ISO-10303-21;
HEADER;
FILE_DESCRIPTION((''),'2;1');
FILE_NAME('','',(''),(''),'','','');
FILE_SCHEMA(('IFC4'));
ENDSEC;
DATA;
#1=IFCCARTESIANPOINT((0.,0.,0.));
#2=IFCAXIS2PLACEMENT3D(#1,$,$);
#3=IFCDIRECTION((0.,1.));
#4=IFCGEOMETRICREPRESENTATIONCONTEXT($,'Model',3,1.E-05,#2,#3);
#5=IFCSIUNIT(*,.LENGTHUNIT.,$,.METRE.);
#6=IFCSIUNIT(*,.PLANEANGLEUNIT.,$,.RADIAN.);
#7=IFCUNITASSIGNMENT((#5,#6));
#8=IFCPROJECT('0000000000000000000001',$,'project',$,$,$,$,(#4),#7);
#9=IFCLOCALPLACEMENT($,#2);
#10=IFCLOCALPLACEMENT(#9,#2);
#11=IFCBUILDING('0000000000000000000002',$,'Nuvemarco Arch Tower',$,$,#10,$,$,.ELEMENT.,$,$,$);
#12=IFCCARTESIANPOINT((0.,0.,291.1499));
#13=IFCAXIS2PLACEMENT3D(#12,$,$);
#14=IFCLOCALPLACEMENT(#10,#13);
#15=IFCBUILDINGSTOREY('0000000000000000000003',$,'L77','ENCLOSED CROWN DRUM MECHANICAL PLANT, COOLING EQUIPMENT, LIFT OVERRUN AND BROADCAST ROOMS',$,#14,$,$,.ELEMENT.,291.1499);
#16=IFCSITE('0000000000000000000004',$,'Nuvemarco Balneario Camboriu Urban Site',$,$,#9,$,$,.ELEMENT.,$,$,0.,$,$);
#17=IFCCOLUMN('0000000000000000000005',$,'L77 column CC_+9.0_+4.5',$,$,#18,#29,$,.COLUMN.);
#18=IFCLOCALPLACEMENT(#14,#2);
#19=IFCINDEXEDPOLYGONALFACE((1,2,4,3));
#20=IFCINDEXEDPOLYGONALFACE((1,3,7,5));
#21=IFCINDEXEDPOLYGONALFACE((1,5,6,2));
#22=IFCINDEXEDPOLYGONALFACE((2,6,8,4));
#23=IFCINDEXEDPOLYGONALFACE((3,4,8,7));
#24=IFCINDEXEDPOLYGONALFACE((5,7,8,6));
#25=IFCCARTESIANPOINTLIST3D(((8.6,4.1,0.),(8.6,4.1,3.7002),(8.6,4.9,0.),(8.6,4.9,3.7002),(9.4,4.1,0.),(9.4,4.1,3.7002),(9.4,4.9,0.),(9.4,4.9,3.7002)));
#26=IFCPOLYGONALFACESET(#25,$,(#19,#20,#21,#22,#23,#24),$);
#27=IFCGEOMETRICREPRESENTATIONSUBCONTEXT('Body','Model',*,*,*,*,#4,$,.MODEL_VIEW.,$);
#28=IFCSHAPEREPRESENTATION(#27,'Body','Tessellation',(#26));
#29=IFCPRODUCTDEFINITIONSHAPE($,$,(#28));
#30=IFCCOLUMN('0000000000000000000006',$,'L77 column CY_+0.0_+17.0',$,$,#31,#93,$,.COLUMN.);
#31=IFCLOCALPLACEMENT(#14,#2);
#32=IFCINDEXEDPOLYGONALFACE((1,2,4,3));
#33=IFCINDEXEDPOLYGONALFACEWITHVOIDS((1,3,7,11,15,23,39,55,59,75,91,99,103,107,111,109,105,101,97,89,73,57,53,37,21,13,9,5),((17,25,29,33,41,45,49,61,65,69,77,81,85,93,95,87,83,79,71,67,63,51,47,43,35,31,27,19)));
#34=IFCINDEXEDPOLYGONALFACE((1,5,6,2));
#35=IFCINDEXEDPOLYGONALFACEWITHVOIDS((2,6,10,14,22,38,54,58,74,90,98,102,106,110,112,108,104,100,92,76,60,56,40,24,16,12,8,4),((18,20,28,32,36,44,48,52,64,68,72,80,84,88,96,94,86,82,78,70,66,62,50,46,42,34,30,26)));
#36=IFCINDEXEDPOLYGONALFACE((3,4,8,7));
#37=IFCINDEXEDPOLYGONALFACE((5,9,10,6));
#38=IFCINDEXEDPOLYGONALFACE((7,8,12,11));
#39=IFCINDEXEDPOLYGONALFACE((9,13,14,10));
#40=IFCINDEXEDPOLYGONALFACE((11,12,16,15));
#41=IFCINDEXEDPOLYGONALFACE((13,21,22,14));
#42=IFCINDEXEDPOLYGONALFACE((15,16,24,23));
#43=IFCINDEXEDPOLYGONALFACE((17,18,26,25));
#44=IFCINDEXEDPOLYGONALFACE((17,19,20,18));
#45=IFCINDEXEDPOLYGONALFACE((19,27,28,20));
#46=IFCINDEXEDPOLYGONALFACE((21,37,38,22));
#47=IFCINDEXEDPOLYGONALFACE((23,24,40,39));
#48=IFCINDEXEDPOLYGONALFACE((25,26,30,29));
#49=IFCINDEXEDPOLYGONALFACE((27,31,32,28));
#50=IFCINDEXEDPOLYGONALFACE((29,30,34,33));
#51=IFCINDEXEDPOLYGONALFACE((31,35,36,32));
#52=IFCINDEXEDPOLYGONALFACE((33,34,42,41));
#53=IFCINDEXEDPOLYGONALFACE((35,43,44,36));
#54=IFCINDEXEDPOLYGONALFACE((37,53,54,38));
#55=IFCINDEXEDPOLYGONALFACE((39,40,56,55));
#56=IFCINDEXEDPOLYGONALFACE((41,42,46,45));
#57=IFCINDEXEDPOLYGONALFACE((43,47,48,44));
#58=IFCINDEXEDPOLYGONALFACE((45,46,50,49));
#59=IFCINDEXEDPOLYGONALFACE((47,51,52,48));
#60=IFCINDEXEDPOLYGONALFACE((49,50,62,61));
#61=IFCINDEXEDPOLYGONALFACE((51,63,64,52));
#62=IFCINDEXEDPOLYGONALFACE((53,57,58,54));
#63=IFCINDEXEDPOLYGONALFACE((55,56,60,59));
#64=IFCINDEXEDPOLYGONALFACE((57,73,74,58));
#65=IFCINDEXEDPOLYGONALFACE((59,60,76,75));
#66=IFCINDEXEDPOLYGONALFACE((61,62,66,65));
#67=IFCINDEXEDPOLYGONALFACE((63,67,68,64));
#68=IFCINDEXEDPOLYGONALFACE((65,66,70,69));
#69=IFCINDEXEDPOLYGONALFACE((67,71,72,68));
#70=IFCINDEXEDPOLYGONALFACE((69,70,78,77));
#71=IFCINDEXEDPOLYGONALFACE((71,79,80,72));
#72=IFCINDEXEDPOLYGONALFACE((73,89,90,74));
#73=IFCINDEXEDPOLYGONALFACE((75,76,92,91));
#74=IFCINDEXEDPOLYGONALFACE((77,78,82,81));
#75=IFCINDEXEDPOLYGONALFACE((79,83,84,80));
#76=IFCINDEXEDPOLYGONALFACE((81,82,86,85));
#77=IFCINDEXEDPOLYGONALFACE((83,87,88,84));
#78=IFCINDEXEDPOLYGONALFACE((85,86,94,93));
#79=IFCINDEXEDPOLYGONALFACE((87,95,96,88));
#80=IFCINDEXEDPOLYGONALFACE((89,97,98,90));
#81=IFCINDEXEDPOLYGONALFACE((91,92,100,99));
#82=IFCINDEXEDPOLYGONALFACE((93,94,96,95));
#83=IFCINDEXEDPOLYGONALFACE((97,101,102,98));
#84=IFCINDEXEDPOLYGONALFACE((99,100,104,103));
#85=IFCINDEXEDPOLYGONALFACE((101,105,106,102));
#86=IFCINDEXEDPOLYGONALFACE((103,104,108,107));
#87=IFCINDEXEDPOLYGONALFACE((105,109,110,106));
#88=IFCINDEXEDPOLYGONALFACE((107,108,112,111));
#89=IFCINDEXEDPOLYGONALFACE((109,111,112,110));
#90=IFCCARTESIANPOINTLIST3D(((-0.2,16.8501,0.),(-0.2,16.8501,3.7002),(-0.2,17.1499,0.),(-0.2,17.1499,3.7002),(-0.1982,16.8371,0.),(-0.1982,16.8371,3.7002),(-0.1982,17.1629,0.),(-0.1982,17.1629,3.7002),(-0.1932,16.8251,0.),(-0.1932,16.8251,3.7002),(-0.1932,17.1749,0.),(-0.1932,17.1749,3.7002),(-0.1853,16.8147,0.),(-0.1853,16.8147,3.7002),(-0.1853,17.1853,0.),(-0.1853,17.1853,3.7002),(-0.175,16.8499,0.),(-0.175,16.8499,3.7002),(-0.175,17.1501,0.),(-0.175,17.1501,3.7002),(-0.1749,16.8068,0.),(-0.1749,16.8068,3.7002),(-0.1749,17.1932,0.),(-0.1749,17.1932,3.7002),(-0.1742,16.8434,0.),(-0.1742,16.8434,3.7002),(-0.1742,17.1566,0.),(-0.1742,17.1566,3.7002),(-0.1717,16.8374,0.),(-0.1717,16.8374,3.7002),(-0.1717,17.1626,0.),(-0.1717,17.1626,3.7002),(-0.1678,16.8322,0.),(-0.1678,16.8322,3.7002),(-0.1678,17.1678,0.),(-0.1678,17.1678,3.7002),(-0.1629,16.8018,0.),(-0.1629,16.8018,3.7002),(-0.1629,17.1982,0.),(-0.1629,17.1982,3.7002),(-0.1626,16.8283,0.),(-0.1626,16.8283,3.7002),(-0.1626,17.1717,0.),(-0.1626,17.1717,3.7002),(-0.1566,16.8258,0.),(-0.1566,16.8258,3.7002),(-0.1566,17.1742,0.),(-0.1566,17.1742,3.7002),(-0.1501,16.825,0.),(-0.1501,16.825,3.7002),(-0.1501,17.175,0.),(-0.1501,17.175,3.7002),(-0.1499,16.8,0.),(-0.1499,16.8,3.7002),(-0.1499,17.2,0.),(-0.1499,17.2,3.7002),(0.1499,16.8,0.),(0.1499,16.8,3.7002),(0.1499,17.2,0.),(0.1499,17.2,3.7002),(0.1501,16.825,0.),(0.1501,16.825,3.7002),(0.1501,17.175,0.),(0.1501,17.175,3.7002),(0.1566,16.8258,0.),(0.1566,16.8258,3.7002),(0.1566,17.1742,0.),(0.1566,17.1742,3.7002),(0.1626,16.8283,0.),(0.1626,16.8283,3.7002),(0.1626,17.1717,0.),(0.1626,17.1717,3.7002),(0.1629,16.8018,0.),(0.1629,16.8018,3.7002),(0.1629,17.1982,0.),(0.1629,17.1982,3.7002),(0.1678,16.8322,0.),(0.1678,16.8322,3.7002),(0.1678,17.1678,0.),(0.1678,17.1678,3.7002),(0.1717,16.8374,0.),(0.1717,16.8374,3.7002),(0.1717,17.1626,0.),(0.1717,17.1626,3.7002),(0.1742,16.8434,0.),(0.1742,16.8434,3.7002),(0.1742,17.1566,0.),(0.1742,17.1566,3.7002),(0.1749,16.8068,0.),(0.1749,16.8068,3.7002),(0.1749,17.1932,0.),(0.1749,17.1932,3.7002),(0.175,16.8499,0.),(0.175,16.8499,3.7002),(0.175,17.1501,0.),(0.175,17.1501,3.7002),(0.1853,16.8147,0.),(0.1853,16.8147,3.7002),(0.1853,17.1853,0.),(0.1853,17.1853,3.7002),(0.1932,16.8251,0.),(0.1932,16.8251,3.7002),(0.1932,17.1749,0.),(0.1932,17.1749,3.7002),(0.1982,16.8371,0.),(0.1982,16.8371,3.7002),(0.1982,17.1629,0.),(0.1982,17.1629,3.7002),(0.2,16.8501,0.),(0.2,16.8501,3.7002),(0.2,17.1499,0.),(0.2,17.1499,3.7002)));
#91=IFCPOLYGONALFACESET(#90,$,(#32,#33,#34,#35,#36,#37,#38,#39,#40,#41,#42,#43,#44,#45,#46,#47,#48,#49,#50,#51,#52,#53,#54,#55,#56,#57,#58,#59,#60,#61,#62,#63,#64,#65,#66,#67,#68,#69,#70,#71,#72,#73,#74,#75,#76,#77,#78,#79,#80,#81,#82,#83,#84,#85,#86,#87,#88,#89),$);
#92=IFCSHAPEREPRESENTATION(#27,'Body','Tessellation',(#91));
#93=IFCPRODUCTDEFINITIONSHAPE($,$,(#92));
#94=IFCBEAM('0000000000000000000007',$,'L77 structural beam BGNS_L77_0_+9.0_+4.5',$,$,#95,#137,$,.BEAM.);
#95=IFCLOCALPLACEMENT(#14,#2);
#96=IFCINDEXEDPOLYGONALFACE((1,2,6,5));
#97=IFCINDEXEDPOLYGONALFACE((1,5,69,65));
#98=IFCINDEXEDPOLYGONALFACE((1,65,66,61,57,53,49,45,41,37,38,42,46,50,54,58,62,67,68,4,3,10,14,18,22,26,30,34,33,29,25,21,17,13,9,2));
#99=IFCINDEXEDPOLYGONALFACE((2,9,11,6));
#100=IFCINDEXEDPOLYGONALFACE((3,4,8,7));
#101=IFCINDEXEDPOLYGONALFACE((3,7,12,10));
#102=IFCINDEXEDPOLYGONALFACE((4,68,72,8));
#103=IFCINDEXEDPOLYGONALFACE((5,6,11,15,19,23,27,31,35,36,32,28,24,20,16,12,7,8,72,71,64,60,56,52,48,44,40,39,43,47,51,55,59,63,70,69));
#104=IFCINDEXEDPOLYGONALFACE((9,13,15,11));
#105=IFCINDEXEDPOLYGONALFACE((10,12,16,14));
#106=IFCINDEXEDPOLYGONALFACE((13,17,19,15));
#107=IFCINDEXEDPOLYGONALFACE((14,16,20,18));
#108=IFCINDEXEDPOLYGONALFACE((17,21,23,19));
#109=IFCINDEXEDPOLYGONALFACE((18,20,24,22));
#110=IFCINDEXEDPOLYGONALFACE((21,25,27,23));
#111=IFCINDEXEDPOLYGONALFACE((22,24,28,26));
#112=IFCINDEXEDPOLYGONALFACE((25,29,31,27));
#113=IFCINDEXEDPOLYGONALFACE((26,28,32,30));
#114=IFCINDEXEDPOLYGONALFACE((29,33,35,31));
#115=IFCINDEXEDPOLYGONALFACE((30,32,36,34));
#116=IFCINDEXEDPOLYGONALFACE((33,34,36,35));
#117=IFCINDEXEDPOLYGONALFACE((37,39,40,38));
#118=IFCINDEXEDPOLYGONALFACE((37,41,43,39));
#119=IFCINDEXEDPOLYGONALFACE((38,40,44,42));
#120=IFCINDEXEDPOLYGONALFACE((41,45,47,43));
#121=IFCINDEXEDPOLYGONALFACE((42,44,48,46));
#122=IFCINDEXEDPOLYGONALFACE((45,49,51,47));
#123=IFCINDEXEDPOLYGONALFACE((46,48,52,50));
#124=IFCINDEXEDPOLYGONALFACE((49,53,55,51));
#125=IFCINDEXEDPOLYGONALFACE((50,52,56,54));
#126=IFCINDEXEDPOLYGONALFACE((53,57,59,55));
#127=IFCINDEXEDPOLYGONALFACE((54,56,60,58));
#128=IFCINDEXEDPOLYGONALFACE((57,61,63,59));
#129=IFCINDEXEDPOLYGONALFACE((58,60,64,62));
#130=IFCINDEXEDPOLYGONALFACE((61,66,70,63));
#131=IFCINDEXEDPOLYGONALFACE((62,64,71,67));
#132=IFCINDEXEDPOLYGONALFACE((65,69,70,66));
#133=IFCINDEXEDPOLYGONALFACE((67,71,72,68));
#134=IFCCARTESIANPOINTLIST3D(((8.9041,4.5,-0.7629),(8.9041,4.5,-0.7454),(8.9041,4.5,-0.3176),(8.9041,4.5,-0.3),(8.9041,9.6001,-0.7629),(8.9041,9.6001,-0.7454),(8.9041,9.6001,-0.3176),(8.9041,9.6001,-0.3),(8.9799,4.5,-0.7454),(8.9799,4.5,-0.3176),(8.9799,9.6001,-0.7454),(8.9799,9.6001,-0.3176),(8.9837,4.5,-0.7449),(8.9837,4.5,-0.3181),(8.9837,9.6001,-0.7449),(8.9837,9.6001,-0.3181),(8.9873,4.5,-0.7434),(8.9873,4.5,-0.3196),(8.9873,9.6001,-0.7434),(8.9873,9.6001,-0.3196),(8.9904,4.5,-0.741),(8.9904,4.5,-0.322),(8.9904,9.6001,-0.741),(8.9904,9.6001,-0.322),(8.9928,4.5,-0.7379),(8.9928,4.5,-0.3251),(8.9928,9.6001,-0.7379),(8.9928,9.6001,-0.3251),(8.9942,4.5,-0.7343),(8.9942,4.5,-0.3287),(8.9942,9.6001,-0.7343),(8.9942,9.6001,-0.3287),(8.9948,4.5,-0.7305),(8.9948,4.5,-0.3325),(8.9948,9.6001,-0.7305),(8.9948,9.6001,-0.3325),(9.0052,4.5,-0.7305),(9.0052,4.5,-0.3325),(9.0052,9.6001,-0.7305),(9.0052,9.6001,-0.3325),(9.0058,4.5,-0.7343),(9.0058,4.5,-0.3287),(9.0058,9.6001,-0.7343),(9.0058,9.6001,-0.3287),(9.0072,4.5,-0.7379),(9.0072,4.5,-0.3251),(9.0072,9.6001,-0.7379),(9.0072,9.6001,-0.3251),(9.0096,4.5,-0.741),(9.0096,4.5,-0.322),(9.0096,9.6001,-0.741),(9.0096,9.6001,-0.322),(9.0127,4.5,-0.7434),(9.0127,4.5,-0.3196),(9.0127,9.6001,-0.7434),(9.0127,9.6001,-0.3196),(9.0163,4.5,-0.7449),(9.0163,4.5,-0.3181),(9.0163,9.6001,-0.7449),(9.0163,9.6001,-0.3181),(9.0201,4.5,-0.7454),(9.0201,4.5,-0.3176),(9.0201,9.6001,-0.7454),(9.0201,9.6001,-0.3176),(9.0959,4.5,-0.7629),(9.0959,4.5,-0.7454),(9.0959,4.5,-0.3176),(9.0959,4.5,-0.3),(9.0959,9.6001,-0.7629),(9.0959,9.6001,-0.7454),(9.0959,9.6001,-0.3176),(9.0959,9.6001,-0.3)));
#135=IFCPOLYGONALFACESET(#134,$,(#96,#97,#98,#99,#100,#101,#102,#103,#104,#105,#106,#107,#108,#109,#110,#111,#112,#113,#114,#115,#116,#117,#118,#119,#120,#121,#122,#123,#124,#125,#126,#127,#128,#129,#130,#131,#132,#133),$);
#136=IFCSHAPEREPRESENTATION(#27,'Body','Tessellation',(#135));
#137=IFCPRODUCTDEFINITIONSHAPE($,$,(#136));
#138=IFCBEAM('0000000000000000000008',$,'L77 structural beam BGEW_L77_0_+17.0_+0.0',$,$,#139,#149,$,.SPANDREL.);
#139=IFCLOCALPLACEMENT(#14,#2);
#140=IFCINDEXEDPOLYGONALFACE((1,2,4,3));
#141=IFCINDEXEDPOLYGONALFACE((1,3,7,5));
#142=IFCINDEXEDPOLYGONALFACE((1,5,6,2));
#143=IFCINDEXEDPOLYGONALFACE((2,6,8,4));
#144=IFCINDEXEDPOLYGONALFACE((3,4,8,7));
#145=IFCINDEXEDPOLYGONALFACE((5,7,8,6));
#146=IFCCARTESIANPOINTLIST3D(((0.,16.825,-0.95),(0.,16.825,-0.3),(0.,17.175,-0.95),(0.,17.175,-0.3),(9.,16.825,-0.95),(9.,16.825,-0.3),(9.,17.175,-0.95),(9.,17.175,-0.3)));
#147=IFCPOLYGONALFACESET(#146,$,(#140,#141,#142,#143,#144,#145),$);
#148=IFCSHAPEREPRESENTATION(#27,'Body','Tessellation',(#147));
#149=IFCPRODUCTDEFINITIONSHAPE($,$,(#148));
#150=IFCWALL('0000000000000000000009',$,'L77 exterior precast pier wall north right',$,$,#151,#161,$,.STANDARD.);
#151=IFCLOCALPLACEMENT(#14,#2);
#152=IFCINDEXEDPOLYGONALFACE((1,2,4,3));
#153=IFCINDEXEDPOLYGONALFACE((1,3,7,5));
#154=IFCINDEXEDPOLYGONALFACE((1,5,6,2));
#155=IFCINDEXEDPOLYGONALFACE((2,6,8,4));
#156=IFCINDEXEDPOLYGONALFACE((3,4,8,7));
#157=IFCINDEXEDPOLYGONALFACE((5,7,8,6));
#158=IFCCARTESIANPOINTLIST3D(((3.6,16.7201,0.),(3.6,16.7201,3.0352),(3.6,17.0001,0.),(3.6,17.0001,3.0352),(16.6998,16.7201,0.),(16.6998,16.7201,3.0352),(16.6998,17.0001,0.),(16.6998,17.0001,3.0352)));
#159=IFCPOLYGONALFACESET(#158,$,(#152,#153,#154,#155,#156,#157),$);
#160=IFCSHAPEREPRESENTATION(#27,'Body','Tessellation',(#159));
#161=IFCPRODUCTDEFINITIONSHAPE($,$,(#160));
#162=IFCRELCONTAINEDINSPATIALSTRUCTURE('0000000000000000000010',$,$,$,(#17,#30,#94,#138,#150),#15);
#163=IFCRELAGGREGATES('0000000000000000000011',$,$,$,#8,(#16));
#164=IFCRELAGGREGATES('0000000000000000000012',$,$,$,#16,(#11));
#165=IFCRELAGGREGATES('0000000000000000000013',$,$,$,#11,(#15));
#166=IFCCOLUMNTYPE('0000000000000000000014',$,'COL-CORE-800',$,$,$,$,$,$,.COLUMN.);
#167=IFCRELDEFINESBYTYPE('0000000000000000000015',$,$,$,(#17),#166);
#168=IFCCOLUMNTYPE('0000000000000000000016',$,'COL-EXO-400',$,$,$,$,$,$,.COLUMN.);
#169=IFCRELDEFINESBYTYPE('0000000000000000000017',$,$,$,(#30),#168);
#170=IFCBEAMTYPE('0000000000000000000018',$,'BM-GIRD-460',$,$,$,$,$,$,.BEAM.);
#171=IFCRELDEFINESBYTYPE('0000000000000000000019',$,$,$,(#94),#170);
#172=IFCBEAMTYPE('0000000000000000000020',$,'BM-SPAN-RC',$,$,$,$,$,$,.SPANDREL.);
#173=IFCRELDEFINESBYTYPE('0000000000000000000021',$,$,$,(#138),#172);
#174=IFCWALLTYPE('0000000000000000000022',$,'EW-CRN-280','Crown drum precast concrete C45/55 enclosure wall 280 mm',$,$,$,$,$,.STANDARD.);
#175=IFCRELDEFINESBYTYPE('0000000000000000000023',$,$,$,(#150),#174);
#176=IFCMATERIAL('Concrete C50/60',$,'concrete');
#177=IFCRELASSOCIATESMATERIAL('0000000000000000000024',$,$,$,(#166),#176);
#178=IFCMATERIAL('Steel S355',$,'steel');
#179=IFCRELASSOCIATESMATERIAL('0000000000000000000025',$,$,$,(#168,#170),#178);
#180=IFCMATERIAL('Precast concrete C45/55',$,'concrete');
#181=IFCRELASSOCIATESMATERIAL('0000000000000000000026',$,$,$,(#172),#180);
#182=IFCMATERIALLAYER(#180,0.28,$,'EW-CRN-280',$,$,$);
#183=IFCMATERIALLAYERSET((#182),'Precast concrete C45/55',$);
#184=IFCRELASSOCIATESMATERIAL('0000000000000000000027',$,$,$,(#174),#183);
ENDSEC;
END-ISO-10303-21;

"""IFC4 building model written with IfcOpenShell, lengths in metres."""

from ifc_helpers import new_model, si_unit, direction, frame, frame_2d, origin, origin_2d, place, context, subcontext, project, spatial, rectangle, hollow_rectangle, i_section, extrude, material, layer, layer_set, material_profile, profile_set, type_object, element, save


model = new_model("IFC4")

# Units and contexts
model_context = context("Model", 3, precision=1e-05, world=origin(), true_north=direction((0.0, 1.0)))
body_context = subcontext(model_context, "Body", "Model", "MODEL_VIEW")
ifc_project = project(units=[si_unit("LENGTHUNIT", "METRE"), si_unit("PLANEANGLEUNIT", "RADIAN")], contexts=[model_context])

# Site, building, storey
site_placement = place(None, origin())
site = spatial("IfcSite", under=ifc_project, at=site_placement, Name="Nuvemarco Balneario Camboriu Urban Site", CompositionType="ELEMENT", RefElevation=0.0)
building_placement = place(site_placement, origin())
building = spatial("IfcBuilding", under=site, at=building_placement, Name="Nuvemarco Arch Tower", CompositionType="ELEMENT")
storey_placement = place(building_placement, frame((0.0, 0.0, 291.1499)))
storey = spatial("IfcBuildingStorey", under=building, at=storey_placement, Name="L77", Description="ENCLOSED CROWN DRUM MECHANICAL PLANT, COOLING EQUIPMENT, LIFT OVERRUN AND BROADCAST ROOMS", CompositionType="ELEMENT", Elevation=291.1499)

# Columns
ifc_material_1 = material(Name="Concrete C50/60", Category="concrete")
ifc_material_profile_1 = material_profile(ifc_material_1, rectangle(XDim=0.8, YDim=0.8, at=origin_2d()), Name="RC-COL-800x800")
ifc_profile_set_1 = profile_set([ifc_material_profile_1], Name="Concrete C50/60")
column_type_1 = type_object("IfcColumnType", Name="COL-CORE-800", PredefinedType="COLUMN", material=ifc_profile_set_1)
column_1_placement = place(storey_placement, frame((9.0, 4.5, 0.0), z_axis=(0.0, 0.0, 1.0), x_axis=(1.0, 0.0, 0.0)))
element("IfcColumn", 1, at=column_1_placement, inside=storey, type_object=column_type_1, Name="L77 column CC_+9.0_+4.5", PredefinedType="COLUMN", context=body_context, shape_type="SweptSolid", body=[
    extrude(rectangle(XDim=0.8, YDim=0.8, at=origin_2d()), origin(), (0.0, 0.0, 1.0), 3.7002),
])
ifc_material_2 = material(Name="Steel S355", Category="steel")
ifc_material_profile_2 = material_profile(ifc_material_2, hollow_rectangle(XDim=0.3999, YDim=0.3999, WallThickness=0.0249, InnerFilletRadius=0.0249, OuterFilletRadius=0.05, at=origin_2d()), Name="SHS400x400x25")
ifc_profile_set_2 = profile_set([ifc_material_profile_2], Name="Steel S355")
column_type_2 = type_object("IfcColumnType", Name="COL-EXO-400", PredefinedType="COLUMN", material=ifc_profile_set_2)
column_2_placement = place(storey_placement, frame((0.0, 17.0, 0.0), z_axis=(0.0, 0.0, 1.0), x_axis=(1.0, 0.0, 0.0)))
element("IfcColumn", 2, at=column_2_placement, inside=storey, type_object=column_type_2, Name="L77 column CY_+0.0_+17.0", PredefinedType="COLUMN", context=body_context, shape_type="SweptSolid", body=[
    extrude(hollow_rectangle(XDim=0.3999, YDim=0.3999, WallThickness=0.0249, InnerFilletRadius=0.0249, OuterFilletRadius=0.05, at=origin_2d()), origin(), (0.0, 0.0, 1.0), 3.7002),
])

# Beams
ifc_material_profile_3 = material_profile(ifc_material_2, i_section(OverallWidth=0.1919, OverallDepth=0.4629, WebThickness=0.0105, FlangeThickness=0.0176, FilletRadius=0.0149, at=origin_2d()), Name="W460x89")
ifc_profile_set_3 = profile_set([ifc_material_profile_3], Name="Steel S355")
beam_type_1 = type_object("IfcBeamType", Name="BM-GIRD-460", PredefinedType="BEAM", material=ifc_profile_set_3)
beam_1_placement = place(storey_placement, frame((9.0, 4.5, -0.5315), z_axis=(0.0, 1.0, 0.0), x_axis=(-1.0, 0.0, 0.0)))
element("IfcBeam", 3, at=beam_1_placement, inside=storey, type_object=beam_type_1, Name="L77 structural beam BGNS_L77_0_+9.0_+4.5", PredefinedType="BEAM", context=body_context, shape_type="SweptSolid", body=[
    extrude(i_section(OverallWidth=0.1919, OverallDepth=0.4629, WebThickness=0.0105, FlangeThickness=0.0176, FilletRadius=0.0149, at=origin_2d()), origin(), (0.0, 0.0, 1.0), 5.1001),
])
ifc_material_3 = material(Name="Precast concrete C45/55", Category="concrete")
ifc_material_profile_4 = material_profile(ifc_material_3, rectangle(XDim=0.3501, YDim=0.6499, at=origin_2d()), Name="PC-SP-350x650")
ifc_profile_set_4 = profile_set([ifc_material_profile_4], Name="Precast concrete C45/55")
beam_type_2 = type_object("IfcBeamType", Name="BM-SPAN-RC", PredefinedType="SPANDREL", material=ifc_profile_set_4)
beam_2_placement = place(storey_placement, frame((0.0, 17.0, -0.625), z_axis=(1.0, 0.0, 0.0), x_axis=(0.0, 1.0, 0.0)))
element("IfcBeam", 4, at=beam_2_placement, inside=storey, type_object=beam_type_2, Name="L77 structural beam BGEW_L77_0_+17.0_+0.0", PredefinedType="SPANDREL", context=body_context, shape_type="SweptSolid", body=[
    extrude(rectangle(XDim=0.3501, YDim=0.6499, at=origin_2d()), origin(), (0.0, 0.0, 1.0), 9.0),
])

# Wall
ifc_layer_1 = layer(ifc_material_3, 0.28, Name="EW-CRN-280")
ifc_layer_set_1 = layer_set([ifc_layer_1], Name="Precast concrete C45/55")
wall_type_1 = type_object("IfcWallType", Name="EW-CRN-280", Description="Crown drum precast concrete C45/55 enclosure wall 280 mm", PredefinedType="STANDARD", material=ifc_layer_set_1)
wall_1_placement = place(storey_placement, frame((3.6001, 16.8601, 0.0), z_axis=(0.0, 0.0, 1.0), x_axis=(1.0, 0.0, 0.0)))
element("IfcWall", 5, at=wall_1_placement, inside=storey, type_object=wall_type_1, Name="L77 exterior precast pier wall north right", PredefinedType="STANDARD", context=body_context, shape_type="SweptSolid", body=[
    extrude(rectangle(XDim=13.0999, YDim=0.28, at=frame_2d((6.5498, 0.0))), origin(), (0.0, 0.0, 1.0), 3.0352),
])

save(model, "model.ifc")
